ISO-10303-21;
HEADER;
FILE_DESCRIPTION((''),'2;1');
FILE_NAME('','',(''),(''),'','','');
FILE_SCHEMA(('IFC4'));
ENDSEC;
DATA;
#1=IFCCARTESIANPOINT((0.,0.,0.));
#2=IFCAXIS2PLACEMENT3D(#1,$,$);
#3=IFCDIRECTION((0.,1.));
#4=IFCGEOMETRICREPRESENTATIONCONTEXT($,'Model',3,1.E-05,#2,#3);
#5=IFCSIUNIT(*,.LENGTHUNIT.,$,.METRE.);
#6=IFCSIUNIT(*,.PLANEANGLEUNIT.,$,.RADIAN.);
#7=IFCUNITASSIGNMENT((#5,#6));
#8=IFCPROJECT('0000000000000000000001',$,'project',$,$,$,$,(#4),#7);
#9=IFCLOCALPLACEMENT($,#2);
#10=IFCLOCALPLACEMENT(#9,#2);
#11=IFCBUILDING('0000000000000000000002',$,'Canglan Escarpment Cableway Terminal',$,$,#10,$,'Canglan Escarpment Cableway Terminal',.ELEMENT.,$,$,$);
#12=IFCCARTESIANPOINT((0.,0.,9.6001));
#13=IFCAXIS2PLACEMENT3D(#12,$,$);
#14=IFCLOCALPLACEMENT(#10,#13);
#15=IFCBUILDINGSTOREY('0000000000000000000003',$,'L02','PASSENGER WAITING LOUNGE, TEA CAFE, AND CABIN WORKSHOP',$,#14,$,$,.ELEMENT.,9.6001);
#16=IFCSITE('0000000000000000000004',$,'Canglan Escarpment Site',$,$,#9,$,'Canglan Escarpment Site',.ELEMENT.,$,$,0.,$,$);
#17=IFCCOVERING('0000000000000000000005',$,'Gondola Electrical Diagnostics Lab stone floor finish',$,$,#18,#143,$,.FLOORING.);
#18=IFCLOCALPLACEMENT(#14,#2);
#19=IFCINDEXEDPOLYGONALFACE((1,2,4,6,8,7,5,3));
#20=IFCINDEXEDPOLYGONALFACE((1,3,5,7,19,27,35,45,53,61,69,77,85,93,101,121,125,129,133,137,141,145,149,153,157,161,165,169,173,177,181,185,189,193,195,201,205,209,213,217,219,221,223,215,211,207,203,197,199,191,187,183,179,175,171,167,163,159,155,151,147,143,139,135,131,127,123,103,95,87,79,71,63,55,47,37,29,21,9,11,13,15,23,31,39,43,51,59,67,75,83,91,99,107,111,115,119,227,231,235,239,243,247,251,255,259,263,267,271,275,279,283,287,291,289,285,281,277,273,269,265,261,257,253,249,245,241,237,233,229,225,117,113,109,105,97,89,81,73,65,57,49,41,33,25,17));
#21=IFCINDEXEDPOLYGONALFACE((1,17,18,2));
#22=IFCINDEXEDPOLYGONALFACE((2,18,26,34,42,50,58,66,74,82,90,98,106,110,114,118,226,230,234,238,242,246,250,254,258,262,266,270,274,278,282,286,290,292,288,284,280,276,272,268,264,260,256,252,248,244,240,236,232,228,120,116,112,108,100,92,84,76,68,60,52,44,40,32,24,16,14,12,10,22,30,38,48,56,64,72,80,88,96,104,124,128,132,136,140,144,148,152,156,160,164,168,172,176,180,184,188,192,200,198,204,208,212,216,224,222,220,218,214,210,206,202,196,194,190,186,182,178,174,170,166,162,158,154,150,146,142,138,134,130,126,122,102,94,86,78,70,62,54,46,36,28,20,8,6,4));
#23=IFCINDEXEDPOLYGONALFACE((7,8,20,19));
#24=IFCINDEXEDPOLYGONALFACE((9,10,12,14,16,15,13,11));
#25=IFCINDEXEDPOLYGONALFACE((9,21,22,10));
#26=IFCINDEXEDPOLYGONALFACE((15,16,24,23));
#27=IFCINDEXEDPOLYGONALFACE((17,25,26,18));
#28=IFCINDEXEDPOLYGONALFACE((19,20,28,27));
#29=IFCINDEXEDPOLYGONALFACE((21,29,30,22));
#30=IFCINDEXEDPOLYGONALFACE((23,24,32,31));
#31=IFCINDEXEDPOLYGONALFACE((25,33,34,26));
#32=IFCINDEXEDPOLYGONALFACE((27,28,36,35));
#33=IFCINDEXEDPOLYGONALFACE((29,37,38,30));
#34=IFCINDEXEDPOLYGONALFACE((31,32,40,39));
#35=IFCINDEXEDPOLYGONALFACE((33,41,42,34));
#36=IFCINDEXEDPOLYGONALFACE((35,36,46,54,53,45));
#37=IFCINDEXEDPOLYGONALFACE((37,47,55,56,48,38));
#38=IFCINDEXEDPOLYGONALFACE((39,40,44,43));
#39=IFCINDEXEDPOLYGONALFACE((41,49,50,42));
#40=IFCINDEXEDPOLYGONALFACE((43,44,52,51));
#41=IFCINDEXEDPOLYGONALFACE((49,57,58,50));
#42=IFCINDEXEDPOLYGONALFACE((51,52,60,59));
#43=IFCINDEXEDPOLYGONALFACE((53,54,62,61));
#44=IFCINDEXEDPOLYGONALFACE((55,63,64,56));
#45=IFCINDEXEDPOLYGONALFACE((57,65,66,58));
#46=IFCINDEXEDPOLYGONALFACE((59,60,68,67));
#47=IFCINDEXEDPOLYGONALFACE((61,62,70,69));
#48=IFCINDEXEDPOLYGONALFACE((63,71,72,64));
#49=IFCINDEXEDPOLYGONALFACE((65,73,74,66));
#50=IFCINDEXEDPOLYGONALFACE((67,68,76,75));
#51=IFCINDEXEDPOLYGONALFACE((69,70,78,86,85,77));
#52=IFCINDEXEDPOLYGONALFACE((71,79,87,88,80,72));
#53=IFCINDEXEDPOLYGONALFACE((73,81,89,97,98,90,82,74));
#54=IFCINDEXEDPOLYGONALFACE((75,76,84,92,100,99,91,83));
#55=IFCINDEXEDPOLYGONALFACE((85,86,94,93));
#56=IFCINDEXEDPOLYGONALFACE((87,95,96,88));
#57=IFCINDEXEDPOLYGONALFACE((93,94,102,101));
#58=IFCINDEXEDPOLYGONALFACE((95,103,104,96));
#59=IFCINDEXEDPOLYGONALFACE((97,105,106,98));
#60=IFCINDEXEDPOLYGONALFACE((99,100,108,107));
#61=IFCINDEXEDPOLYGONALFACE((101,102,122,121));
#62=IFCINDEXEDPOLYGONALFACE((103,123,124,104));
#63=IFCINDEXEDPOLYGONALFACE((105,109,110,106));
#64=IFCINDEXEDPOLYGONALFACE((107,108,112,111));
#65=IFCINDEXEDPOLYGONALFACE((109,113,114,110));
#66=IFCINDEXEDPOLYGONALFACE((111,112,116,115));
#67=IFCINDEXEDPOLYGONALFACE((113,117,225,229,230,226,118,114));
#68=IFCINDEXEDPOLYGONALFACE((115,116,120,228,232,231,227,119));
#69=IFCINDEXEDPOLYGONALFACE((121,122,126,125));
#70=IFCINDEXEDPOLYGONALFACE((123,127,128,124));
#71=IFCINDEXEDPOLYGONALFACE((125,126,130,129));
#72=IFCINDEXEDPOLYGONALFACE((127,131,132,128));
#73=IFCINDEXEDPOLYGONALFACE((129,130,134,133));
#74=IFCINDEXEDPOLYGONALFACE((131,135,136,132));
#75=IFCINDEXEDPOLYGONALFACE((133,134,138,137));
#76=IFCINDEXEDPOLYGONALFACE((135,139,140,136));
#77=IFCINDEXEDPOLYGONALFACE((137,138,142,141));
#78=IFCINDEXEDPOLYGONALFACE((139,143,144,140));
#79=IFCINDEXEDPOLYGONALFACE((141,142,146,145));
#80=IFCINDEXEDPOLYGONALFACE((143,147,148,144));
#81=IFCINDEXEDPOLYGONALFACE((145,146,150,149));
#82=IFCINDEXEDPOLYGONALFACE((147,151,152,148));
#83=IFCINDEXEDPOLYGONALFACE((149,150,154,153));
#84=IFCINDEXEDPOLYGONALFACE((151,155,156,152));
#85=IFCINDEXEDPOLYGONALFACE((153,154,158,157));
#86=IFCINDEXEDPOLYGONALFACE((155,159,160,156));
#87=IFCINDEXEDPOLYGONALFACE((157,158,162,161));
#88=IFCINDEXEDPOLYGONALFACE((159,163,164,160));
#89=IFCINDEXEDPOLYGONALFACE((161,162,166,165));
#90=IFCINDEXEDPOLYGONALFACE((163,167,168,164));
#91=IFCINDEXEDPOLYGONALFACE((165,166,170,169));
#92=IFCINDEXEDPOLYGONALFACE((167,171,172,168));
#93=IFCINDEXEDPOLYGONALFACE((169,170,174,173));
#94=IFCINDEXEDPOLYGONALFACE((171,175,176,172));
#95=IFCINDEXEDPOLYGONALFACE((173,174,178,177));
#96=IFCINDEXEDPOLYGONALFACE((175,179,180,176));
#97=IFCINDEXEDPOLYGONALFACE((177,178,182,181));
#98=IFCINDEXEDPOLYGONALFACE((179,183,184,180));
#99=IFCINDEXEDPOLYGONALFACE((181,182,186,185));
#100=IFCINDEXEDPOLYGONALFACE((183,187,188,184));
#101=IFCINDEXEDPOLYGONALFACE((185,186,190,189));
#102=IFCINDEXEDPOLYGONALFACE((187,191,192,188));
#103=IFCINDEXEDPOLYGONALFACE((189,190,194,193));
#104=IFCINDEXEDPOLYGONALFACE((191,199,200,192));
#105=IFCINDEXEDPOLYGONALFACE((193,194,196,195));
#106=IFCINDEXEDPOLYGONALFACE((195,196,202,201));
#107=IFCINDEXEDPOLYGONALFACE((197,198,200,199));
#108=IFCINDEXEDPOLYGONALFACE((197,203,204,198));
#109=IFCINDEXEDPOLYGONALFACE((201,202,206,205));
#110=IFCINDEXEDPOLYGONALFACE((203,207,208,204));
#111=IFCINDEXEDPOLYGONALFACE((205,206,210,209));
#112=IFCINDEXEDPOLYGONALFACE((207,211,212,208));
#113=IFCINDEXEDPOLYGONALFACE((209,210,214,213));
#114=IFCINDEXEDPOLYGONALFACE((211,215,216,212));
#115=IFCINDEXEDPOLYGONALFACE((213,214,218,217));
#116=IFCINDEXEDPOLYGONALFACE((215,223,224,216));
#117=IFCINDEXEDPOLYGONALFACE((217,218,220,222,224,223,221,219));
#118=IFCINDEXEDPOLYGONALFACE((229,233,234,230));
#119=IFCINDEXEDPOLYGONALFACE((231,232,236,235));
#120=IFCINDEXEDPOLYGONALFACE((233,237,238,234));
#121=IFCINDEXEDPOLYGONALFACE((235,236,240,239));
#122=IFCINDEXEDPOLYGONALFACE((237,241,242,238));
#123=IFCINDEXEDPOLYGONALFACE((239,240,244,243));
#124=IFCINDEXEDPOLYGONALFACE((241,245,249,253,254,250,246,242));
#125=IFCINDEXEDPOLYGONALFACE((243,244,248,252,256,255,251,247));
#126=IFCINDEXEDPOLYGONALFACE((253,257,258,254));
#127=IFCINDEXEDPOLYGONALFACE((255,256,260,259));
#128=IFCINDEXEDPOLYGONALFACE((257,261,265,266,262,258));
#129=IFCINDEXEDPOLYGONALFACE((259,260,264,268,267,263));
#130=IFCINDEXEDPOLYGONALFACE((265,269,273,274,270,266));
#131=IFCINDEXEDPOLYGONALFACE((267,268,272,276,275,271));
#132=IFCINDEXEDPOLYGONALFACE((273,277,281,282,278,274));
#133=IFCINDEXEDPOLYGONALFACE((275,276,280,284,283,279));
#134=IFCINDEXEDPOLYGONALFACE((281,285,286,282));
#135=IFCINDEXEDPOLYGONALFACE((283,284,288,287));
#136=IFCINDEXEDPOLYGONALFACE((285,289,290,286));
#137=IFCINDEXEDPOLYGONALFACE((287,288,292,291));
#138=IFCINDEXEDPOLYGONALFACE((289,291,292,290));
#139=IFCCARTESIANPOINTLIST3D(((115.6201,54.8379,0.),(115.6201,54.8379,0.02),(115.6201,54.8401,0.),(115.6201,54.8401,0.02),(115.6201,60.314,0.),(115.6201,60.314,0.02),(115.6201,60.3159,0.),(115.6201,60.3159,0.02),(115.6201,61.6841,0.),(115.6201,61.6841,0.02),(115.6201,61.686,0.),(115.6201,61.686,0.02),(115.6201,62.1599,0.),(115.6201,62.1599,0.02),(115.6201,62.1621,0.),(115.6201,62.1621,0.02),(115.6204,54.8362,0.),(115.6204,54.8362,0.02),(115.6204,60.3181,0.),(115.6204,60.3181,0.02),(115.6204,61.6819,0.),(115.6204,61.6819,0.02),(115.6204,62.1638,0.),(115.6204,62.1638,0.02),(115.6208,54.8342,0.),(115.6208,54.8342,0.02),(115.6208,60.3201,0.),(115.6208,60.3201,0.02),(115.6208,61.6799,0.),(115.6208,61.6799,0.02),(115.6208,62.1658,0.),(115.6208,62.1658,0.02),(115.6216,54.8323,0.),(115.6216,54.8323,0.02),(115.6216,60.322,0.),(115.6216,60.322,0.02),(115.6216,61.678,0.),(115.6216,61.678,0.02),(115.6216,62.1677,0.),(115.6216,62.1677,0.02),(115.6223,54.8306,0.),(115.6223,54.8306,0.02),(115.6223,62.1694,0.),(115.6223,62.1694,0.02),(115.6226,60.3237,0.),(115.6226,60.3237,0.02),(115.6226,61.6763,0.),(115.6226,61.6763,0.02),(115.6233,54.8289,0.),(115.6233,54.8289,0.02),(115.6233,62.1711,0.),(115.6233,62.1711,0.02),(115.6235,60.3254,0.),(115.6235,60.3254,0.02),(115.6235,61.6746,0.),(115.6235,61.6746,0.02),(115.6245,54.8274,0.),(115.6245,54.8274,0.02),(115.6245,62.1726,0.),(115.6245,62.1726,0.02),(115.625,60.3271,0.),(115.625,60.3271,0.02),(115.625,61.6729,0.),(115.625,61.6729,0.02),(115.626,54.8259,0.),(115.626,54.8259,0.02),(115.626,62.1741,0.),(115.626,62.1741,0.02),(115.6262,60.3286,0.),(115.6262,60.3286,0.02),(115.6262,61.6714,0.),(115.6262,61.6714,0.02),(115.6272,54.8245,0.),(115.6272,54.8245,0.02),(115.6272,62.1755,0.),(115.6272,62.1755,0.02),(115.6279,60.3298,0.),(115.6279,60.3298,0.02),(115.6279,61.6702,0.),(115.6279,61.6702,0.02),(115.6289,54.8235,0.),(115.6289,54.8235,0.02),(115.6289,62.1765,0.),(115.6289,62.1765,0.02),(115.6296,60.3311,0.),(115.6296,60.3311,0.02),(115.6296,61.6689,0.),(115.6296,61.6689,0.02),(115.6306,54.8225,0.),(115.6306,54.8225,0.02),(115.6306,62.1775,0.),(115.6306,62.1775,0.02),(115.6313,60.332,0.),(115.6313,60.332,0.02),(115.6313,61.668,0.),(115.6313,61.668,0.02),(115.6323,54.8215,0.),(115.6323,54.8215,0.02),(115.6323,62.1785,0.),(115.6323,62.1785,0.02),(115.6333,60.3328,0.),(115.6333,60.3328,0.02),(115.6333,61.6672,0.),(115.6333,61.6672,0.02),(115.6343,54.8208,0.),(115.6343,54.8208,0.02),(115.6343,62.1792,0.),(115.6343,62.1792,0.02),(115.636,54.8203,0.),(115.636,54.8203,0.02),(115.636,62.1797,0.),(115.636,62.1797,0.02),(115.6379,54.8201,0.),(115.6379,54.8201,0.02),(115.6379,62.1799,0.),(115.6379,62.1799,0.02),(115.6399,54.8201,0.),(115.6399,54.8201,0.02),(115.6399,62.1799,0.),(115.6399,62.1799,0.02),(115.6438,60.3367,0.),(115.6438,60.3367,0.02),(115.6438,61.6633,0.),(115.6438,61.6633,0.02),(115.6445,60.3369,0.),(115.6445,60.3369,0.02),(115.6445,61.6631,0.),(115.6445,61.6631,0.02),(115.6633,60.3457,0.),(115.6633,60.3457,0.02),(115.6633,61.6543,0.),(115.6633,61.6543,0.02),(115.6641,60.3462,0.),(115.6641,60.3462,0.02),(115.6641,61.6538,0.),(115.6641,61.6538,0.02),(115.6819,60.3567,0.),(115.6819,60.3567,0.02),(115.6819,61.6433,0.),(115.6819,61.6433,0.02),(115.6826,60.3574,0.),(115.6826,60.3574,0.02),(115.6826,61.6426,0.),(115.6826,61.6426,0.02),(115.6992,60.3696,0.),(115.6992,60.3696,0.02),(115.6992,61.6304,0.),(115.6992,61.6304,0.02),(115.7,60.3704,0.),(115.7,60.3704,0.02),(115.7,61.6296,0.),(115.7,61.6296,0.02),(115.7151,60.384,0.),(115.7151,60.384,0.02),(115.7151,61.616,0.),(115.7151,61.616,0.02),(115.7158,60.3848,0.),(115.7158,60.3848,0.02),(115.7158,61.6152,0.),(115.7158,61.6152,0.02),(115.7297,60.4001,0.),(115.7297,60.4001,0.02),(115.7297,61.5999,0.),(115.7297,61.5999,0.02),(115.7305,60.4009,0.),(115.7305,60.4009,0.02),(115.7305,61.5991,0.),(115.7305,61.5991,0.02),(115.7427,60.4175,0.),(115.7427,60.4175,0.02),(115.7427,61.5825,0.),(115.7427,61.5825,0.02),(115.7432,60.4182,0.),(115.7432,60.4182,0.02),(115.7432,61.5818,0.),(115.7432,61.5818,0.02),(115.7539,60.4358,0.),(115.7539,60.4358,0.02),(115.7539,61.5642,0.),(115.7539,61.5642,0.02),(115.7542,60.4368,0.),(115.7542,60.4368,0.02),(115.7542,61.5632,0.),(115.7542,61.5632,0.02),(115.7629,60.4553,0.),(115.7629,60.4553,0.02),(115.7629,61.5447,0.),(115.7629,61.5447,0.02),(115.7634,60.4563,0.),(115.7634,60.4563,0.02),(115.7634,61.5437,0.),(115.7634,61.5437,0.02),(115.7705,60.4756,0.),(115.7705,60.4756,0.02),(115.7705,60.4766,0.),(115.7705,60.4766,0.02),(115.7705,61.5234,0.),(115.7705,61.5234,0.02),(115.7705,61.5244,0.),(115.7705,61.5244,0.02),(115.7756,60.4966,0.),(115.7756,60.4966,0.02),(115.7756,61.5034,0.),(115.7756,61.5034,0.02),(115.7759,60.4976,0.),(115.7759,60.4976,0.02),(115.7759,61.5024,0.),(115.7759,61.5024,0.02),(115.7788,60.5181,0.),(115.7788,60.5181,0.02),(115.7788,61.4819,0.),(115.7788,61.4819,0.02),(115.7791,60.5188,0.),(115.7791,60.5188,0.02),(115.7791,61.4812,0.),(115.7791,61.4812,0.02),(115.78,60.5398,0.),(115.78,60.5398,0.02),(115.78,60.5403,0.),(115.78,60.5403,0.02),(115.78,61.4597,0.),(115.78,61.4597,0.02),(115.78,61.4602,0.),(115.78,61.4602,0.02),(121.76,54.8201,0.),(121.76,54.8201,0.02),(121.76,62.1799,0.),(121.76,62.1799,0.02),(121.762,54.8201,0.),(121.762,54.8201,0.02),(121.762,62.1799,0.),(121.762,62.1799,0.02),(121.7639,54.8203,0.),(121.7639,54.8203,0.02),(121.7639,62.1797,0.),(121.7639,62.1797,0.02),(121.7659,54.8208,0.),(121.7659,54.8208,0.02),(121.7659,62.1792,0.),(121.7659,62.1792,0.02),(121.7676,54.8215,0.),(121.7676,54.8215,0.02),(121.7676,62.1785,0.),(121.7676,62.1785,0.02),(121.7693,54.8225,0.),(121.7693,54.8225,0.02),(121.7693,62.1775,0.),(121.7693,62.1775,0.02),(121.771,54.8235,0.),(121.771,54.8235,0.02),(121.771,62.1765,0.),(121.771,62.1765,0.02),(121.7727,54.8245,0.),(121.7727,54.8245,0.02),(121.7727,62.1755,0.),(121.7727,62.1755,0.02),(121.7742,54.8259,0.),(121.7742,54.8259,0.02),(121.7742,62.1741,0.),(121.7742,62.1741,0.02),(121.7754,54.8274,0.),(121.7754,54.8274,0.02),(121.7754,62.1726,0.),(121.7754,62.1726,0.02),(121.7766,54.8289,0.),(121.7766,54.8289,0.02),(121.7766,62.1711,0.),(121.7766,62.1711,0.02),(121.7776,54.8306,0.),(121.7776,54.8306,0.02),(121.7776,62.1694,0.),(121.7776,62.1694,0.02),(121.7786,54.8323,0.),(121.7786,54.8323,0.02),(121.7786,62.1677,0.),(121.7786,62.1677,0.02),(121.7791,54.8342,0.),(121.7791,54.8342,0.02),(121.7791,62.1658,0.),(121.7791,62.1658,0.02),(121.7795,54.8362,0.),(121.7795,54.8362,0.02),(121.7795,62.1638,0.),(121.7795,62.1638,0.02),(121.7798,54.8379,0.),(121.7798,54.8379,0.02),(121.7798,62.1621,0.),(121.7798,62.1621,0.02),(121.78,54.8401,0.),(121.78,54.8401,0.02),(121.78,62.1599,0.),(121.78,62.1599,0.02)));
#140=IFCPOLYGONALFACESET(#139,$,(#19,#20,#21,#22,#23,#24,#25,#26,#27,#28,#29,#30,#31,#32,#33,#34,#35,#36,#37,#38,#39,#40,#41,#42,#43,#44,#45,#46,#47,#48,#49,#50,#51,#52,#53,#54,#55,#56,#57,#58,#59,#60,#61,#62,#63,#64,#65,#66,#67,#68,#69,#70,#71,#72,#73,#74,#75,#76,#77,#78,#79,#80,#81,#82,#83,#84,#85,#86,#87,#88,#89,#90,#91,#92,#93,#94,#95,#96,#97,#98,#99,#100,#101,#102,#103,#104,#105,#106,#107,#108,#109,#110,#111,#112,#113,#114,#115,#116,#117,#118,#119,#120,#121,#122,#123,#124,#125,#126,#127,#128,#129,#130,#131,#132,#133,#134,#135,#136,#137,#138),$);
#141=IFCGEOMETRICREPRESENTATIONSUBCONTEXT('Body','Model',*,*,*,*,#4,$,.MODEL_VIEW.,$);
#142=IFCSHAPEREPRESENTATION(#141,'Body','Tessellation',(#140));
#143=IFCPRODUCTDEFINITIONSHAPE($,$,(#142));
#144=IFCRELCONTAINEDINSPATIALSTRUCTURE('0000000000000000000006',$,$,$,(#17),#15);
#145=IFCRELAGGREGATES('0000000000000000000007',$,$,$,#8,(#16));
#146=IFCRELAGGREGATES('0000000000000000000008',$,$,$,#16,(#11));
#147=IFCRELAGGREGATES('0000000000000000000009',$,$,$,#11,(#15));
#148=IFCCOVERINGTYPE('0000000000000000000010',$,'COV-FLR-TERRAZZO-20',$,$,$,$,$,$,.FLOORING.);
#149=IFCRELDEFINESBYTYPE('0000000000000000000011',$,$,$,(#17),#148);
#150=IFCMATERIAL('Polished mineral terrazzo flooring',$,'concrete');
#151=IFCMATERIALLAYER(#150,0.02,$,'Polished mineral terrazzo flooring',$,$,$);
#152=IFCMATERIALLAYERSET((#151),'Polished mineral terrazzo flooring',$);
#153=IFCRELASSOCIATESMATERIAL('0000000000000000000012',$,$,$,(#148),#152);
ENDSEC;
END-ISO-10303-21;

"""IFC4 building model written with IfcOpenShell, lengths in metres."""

from ifc_helpers import new_model, si_unit, direction, frame, origin, place, context, subcontext, project, spatial, polyline, outline, extrude, material, layer, layer_set, type_object, element, save


model = new_model("IFC4")

# Units and contexts
model_context = context("Model", 3, precision=1e-05, world=origin(), true_north=direction((0.0, 1.0)))
body_context = subcontext(model_context, "Body", "Model", "MODEL_VIEW")
ifc_project = project(units=[si_unit("LENGTHUNIT", "METRE"), si_unit("PLANEANGLEUNIT", "RADIAN")], contexts=[model_context])

# Site, building, storey
site_placement = place(None, origin())
site = spatial("IfcSite", under=ifc_project, at=site_placement, Name="Canglan Escarpment Site", LongName="Canglan Escarpment Site", CompositionType="ELEMENT", RefElevation=0.0)
building_placement = place(site_placement, origin())
building = spatial("IfcBuilding", under=site, at=building_placement, Name="Canglan Escarpment Cableway Terminal", LongName="Canglan Escarpment Cableway Terminal", CompositionType="ELEMENT")
storey_placement = place(building_placement, frame((0.0, 0.0, 9.6001)))
storey = spatial("IfcBuildingStorey", under=building, at=storey_placement, Name="L02", Description="PASSENGER WAITING LOUNGE, TEA CAFE, AND CABIN WORKSHOP", CompositionType="ELEMENT", Elevation=9.6001)

# Covering
ifc_material_1 = material(Name="Polished mineral terrazzo flooring", Category="concrete")
ifc_layer_1 = layer(ifc_material_1, 0.02, Name="Polished mineral terrazzo flooring")
ifc_layer_set_1 = layer_set([ifc_layer_1], Name="Polished mineral terrazzo flooring")
covering_type_1 = type_object("IfcCoveringType", Name="COV-FLR-TERRAZZO-20", PredefinedType="FLOORING", material=ifc_layer_set_1)
covering_1_placement = place(storey_placement, origin())
element("IfcCovering", 1, at=covering_1_placement, inside=storey, type_object=covering_type_1, Name="Gondola Electrical Diagnostics Lab stone floor finish", PredefinedType="FLOORING", context=body_context, shape_type="SweptSolid", body=[
    extrude(outline(polyline([(115.6201, 60.314), (115.6201, 60.3159), (115.6204, 60.3181), (115.6208, 60.3201), (115.6216, 60.322), (115.6226, 60.3237), (115.6235, 60.3254), (115.625, 60.3271), (115.6262, 60.3286), (115.6279, 60.3298), (115.6296, 60.3311), (115.6313, 60.332), (115.6333, 60.3328), (115.6438, 60.3367), (115.6445, 60.3369), (115.6633, 60.3457), (115.6641, 60.3462), (115.6819, 60.3567), (115.6826, 60.3574), (115.6992, 60.3696), (115.7, 60.3704), (115.7151, 60.384), (115.7158, 60.3848), (115.7297, 60.4001), (115.7305, 60.4009), (115.7427, 60.4175), (115.7432, 60.4182), (115.7539, 60.4358), (115.7542, 60.4368), (115.7629, 60.4553), (115.7634, 60.4563), (115.7705, 60.4756), (115.7705, 60.4766), (115.7756, 60.4966), (115.7759, 60.4976), (115.7788, 60.5181), (115.7791, 60.5188), (115.78, 60.5398), (115.78, 60.5403), (115.78, 61.4597), (115.78, 61.4602), (115.7791, 61.4812), (115.7788, 61.4819), (115.7759, 61.5024), (115.7756, 61.5034), (115.7705, 61.5234), (115.7705, 61.5244), (115.7634, 61.5437), (115.7629, 61.5447), (115.7542, 61.5632), (115.7539, 61.5642), (115.7432, 61.5818), (115.7427, 61.5825), (115.7305, 61.5991), (115.7297, 61.5999), (115.7158, 61.6152), (115.7151, 61.616), (115.7, 61.6296), (115.6992, 61.6304), (115.6826, 61.6426), (115.6819, 61.6433), (115.6641, 61.6538), (115.6633, 61.6543), (115.6445, 61.6631), (115.6438, 61.6633), (115.6333, 61.6672), (115.6313, 61.668), (115.6296, 61.6689), (115.6279, 61.6702), (115.6262, 61.6714), (115.625, 61.6729), (115.6235, 61.6746), (115.6226, 61.6763), (115.6216, 61.678), (115.6208, 61.6799), (115.6204, 61.6819), (115.6201, 61.6841), (115.6201, 61.686), (115.6201, 62.1599), (115.6201, 62.1621), (115.6204, 62.1638), (115.6208, 62.1658), (115.6216, 62.1677), (115.6223, 62.1694), (115.6233, 62.1711), (115.6245, 62.1726), (115.626, 62.1741), (115.6272, 62.1755), (115.6289, 62.1765), (115.6306, 62.1775), (115.6323, 62.1785), (115.6343, 62.1792), (115.636, 62.1797), (115.6379, 62.1799), (115.6399, 62.1799), (121.76, 62.1799), (121.762, 62.1799), (121.7639, 62.1797), (121.7659, 62.1792), (121.7676, 62.1785), (121.7693, 62.1775), (121.771, 62.1765), (121.7727, 62.1755), (121.7742, 62.1741), (121.7754, 62.1726), (121.7766, 62.1711), (121.7776, 62.1694), (121.7786, 62.1677), (121.7791, 62.1658), (121.7795, 62.1638), (121.7798, 62.1621), (121.78, 62.1599), (121.78, 54.8401), (121.7798, 54.8379), (121.7795, 54.8362), (121.7791, 54.8342), (121.7786, 54.8323), (121.7776, 54.8306), (121.7766, 54.8289), (121.7754, 54.8274), (121.7742, 54.8259), (121.7727, 54.8245), (121.771, 54.8235), (121.7693, 54.8225), (121.7676, 54.8215), (121.7659, 54.8208), (121.7639, 54.8203), (121.762, 54.8201), (121.76, 54.8201), (115.6399, 54.8201), (115.6379, 54.8201), (115.636, 54.8203), (115.6343, 54.8208), (115.6323, 54.8215), (115.6306, 54.8225), (115.6289, 54.8235), (115.6272, 54.8245), (115.626, 54.8259), (115.6245, 54.8274), (115.6233, 54.8289), (115.6223, 54.8306), (115.6216, 54.8323), (115.6208, 54.8342), (115.6204, 54.8362), (115.6201, 54.8379), (115.6201, 54.8401), (115.6201, 60.314)])), origin(), (0.0, 0.0, 1.0), 0.02),
])

save(model, "model.ifc")
